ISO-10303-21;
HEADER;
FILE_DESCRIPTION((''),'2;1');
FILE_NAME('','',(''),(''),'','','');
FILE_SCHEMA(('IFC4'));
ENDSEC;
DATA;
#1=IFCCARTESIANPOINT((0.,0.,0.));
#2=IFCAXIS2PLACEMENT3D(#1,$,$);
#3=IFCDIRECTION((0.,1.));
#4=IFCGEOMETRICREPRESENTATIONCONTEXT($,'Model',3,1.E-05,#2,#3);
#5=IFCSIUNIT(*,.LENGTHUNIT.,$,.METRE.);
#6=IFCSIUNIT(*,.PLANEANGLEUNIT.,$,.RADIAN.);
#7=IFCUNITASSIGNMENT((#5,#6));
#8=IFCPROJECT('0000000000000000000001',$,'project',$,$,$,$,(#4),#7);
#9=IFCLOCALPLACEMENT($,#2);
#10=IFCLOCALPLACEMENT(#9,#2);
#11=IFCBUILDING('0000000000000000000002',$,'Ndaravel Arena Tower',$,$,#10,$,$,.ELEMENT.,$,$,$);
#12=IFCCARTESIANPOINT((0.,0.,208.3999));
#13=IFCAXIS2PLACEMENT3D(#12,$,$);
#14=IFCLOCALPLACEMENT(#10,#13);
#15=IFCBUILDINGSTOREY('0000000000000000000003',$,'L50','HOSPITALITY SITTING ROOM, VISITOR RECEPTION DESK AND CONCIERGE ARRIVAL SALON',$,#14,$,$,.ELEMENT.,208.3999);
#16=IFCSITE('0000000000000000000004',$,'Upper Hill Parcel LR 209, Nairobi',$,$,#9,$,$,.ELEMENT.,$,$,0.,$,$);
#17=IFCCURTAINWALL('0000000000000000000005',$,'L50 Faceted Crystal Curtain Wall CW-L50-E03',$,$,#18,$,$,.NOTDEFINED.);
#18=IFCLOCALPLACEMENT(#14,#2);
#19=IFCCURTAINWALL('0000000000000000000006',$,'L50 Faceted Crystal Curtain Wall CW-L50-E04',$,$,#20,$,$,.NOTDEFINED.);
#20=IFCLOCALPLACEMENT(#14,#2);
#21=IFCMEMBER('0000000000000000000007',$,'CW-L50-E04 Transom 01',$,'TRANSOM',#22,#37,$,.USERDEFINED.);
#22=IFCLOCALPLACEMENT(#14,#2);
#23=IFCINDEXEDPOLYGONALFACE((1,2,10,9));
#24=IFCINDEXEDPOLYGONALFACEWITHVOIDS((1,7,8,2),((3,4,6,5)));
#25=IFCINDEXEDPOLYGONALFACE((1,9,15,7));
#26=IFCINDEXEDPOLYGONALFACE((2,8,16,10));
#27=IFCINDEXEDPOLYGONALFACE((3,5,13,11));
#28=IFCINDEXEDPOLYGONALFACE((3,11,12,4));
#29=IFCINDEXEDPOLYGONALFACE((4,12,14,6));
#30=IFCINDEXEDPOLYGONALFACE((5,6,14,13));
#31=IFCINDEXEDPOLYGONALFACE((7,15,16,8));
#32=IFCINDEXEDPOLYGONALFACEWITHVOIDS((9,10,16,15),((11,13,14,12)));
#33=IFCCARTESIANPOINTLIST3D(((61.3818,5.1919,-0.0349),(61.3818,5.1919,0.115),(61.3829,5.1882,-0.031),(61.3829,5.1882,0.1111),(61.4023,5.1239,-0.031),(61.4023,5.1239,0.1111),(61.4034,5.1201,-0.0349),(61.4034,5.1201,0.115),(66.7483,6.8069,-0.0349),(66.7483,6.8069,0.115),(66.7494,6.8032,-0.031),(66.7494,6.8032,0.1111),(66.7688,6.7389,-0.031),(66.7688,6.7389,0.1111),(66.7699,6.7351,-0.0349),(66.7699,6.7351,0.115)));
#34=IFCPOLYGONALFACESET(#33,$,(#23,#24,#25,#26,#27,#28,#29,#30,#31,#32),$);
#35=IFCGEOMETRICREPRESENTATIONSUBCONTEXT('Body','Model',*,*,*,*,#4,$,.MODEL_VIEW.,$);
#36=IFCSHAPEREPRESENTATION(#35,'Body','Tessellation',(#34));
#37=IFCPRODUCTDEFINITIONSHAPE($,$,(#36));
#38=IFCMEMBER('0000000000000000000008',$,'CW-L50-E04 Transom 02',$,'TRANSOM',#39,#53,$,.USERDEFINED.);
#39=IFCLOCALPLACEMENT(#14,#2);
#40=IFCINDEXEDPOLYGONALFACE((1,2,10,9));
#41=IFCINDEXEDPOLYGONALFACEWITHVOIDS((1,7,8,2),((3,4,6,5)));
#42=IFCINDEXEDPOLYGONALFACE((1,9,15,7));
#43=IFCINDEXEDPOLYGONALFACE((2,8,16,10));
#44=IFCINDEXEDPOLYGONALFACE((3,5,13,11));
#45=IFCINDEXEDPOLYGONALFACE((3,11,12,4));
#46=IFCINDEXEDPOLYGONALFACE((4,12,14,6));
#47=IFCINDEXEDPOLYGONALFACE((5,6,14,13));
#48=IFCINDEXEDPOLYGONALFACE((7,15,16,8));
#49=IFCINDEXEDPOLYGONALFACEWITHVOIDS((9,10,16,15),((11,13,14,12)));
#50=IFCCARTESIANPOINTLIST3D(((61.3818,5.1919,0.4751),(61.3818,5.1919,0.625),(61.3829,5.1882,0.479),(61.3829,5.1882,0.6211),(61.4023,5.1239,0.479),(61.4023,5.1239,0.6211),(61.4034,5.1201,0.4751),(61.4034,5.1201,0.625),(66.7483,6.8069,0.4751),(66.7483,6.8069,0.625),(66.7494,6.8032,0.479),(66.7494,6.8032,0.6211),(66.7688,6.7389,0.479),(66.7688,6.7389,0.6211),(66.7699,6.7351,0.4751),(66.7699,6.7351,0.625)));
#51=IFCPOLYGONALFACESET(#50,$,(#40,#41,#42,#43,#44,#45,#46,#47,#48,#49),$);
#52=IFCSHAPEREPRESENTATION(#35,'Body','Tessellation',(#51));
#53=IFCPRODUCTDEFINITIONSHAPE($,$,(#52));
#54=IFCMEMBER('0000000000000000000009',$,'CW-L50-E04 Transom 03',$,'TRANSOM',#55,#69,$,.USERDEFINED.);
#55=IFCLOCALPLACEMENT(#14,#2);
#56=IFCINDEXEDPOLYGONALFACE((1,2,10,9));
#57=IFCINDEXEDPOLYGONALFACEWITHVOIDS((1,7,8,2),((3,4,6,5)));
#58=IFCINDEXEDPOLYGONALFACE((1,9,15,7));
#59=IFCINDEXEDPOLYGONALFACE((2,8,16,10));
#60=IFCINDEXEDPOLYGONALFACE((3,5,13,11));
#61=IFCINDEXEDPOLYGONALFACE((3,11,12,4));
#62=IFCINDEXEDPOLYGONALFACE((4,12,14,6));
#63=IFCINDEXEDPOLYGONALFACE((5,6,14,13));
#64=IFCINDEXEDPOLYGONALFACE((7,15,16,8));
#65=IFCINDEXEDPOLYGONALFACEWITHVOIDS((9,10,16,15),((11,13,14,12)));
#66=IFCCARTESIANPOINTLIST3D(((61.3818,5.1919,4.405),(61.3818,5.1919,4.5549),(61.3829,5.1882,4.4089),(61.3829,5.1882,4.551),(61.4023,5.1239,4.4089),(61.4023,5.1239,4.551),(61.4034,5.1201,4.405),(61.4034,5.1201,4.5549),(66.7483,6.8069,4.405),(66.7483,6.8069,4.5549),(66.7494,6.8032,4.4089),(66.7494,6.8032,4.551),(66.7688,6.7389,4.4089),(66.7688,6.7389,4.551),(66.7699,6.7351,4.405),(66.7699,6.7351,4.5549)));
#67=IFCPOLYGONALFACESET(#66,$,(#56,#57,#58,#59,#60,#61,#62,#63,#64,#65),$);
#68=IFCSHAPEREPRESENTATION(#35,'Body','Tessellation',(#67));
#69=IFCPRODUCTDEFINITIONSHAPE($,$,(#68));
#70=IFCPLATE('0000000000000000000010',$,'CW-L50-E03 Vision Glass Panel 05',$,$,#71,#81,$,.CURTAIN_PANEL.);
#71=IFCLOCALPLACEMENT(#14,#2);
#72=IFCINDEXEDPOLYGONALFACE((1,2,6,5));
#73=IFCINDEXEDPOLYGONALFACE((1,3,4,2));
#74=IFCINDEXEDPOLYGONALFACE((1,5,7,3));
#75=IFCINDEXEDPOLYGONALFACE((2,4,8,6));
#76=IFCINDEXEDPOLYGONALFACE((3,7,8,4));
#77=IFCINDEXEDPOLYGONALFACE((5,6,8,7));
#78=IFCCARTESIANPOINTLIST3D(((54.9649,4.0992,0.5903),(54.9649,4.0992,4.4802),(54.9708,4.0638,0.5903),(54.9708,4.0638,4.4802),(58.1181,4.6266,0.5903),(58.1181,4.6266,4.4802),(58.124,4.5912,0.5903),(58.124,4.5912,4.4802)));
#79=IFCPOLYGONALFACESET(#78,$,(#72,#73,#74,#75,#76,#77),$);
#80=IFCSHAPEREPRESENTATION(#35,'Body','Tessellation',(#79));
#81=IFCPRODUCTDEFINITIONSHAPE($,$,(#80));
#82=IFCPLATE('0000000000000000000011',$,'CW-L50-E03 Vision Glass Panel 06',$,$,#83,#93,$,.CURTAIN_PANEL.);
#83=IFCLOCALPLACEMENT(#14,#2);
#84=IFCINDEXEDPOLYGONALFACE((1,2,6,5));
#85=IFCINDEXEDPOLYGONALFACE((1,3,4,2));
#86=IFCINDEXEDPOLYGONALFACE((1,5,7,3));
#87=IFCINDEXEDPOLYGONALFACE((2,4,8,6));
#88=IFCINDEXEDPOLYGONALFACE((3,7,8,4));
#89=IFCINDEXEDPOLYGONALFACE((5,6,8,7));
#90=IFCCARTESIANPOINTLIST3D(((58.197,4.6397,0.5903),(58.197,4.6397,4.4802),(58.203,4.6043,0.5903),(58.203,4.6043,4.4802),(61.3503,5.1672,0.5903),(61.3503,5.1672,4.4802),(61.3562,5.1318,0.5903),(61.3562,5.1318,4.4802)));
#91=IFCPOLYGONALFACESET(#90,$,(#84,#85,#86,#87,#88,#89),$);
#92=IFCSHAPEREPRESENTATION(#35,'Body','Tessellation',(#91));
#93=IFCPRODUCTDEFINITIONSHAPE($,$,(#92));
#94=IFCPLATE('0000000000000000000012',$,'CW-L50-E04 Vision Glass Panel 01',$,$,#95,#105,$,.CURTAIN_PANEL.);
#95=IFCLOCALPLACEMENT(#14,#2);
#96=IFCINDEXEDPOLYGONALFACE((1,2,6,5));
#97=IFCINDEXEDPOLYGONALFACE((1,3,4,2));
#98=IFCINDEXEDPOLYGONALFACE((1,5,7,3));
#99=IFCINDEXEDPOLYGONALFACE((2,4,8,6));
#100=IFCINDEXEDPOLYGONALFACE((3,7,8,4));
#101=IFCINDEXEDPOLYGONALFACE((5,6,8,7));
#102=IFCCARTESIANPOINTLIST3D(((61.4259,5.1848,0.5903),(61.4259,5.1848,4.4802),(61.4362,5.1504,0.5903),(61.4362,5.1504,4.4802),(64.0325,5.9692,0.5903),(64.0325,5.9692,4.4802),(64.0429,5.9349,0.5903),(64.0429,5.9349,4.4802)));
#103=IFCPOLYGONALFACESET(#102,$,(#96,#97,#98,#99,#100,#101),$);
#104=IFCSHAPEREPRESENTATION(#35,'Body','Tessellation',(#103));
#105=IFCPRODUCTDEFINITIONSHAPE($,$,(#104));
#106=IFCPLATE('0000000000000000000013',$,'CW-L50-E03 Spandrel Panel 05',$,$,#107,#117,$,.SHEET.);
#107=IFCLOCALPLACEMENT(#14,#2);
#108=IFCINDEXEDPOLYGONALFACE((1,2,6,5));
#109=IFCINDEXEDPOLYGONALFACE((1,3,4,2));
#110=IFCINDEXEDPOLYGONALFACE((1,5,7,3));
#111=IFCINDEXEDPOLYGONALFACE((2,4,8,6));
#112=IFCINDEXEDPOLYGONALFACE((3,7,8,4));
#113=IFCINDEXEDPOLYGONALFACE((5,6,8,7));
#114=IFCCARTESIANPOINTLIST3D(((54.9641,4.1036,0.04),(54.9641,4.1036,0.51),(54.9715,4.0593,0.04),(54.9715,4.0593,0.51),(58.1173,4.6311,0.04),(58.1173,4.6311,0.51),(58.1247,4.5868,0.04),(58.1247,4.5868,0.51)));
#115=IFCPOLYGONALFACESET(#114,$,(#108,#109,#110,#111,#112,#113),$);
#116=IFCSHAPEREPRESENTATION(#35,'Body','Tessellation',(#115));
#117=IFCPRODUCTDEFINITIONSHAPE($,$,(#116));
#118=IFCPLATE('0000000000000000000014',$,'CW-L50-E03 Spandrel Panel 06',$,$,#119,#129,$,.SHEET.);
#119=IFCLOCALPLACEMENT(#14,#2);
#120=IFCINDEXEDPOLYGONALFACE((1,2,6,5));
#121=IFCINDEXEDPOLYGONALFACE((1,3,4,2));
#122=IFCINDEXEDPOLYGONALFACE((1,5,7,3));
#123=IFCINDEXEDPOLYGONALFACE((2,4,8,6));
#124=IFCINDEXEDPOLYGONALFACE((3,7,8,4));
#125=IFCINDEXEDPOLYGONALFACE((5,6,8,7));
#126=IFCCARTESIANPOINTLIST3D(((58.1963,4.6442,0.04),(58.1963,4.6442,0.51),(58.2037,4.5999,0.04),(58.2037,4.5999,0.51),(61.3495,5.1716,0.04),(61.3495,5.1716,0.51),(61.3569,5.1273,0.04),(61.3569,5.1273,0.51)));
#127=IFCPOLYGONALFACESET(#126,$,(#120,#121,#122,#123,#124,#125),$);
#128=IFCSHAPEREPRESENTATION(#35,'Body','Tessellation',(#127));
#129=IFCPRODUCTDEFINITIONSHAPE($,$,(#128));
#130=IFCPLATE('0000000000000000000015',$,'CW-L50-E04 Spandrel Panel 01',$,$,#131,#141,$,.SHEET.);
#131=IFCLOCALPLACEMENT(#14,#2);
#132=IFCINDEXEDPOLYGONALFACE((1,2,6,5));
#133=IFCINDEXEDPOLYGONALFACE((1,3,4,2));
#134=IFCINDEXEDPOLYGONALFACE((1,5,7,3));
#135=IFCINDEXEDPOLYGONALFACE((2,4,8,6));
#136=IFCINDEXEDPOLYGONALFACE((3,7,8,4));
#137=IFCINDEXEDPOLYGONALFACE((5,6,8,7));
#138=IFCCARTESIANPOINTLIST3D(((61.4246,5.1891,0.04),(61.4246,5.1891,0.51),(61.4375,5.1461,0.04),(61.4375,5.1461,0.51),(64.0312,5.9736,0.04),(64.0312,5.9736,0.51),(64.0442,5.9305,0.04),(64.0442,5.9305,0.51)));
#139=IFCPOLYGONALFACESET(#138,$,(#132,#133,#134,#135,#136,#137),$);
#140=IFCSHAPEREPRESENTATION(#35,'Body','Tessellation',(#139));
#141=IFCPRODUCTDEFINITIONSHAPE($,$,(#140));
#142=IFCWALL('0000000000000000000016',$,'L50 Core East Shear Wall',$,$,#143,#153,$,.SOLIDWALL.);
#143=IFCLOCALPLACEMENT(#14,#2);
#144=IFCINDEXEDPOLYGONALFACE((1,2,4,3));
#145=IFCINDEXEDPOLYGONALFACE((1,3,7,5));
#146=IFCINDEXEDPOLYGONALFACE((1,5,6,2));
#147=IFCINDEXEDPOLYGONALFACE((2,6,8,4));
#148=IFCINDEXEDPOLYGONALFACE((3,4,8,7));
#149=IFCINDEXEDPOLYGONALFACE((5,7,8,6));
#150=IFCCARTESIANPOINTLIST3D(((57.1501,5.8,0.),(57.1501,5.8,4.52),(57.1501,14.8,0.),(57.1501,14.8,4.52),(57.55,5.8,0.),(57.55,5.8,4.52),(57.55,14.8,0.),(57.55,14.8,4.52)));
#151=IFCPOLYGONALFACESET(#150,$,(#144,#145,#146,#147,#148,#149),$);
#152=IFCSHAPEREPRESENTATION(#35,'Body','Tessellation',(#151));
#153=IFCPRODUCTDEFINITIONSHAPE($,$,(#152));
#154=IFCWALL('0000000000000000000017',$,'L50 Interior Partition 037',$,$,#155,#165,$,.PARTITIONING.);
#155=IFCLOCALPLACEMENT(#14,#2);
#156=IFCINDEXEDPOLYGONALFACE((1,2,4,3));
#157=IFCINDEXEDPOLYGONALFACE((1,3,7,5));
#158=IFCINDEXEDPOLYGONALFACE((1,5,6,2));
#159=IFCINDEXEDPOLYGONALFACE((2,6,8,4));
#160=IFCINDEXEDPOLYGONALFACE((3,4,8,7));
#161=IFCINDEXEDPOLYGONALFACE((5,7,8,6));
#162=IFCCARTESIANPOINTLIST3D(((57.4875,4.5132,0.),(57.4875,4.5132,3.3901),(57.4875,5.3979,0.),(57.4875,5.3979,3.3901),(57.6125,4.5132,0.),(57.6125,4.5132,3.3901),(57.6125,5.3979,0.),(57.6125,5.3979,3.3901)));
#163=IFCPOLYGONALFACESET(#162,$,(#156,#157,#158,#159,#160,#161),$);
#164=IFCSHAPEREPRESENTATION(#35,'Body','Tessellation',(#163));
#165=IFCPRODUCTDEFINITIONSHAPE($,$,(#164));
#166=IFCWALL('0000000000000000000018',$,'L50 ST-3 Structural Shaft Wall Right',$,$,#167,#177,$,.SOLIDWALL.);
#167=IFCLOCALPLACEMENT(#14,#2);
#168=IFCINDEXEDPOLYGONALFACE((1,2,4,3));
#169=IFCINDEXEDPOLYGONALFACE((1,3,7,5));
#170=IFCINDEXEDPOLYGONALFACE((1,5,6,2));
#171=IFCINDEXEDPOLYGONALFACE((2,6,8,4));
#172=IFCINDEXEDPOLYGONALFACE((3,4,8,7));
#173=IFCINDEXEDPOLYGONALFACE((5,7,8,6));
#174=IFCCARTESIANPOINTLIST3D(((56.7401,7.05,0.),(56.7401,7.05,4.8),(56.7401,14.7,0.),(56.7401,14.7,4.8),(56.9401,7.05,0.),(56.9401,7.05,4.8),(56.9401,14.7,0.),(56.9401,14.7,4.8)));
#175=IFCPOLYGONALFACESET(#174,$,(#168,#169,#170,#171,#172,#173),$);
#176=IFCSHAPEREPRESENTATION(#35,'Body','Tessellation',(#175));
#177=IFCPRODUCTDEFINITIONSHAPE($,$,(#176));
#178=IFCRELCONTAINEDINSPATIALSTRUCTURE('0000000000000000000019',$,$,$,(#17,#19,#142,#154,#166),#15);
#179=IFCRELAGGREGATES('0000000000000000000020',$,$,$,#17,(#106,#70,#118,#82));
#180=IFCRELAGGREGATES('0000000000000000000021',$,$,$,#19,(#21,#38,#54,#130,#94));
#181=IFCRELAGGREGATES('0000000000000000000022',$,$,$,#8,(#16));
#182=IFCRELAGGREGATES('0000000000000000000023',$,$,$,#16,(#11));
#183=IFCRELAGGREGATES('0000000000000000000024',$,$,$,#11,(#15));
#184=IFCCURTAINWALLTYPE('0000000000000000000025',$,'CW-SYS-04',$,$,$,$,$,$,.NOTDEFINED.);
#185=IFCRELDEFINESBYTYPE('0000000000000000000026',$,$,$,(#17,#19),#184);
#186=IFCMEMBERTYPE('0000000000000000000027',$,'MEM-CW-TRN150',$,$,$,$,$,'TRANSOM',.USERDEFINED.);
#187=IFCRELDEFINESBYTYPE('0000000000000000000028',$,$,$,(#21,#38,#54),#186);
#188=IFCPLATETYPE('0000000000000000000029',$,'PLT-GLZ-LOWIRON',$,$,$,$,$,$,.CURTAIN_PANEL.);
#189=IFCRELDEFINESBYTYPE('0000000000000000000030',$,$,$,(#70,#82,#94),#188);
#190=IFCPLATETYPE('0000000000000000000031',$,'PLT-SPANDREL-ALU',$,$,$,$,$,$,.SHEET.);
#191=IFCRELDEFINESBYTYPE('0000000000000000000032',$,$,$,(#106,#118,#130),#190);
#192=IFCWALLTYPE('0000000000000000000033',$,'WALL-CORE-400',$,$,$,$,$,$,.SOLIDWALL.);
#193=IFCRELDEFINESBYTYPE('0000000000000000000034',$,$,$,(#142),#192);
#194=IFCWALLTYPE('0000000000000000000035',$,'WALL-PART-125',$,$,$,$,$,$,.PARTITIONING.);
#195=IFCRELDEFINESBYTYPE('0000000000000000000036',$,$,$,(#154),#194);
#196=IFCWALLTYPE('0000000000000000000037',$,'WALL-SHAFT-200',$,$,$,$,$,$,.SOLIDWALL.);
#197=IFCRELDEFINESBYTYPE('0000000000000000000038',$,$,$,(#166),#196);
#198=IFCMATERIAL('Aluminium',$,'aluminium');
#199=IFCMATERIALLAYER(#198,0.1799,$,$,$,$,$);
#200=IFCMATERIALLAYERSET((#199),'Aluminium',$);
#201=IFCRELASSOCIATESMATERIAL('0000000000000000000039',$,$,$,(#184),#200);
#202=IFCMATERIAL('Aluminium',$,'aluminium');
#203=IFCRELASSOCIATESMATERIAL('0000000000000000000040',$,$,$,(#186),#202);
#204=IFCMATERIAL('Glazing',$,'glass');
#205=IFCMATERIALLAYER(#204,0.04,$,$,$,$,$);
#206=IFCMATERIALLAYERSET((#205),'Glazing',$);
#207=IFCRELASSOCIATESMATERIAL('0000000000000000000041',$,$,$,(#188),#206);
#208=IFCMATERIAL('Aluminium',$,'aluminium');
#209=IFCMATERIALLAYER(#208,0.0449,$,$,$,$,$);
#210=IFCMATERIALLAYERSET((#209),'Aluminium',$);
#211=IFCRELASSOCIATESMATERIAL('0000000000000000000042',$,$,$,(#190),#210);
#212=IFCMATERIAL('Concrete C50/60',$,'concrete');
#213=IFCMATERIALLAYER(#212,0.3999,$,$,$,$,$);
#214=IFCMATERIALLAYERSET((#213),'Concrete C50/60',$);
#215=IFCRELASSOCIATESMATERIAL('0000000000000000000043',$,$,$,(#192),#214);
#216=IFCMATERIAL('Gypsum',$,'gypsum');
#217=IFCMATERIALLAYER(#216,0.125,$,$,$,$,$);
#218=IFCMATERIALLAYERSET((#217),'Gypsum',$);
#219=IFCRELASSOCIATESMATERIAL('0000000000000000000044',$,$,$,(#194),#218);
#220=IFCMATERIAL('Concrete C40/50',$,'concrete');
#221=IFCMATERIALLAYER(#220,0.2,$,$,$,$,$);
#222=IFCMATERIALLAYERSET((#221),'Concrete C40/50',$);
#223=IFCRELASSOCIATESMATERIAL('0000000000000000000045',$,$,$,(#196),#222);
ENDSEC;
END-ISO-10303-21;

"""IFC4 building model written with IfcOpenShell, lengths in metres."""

from ifc_helpers import new_model, si_unit, direction, frame, frame_2d, origin, origin_2d, place, context, subcontext, project, spatial, rectangle, hollow_rectangle, extrude, material, layer, layer_set, material_profile, profile_set, type_object, element, aggregate, save


model = new_model("IFC4")

# Units and contexts
model_context = context("Model", 3, precision=1e-05, world=origin(), true_north=direction((0.0, 1.0)))
body_context = subcontext(model_context, "Body", "Model", "MODEL_VIEW")
ifc_project = project(units=[si_unit("LENGTHUNIT", "METRE"), si_unit("PLANEANGLEUNIT", "RADIAN")], contexts=[model_context])

# Site, building, storey
site_placement = place(None, origin())
site = spatial("IfcSite", under=ifc_project, at=site_placement, Name="Upper Hill Parcel LR 209, Nairobi", CompositionType="ELEMENT", RefElevation=0.0)
building_placement = place(site_placement, origin())
building = spatial("IfcBuilding", under=site, at=building_placement, Name="Ndaravel Arena Tower", CompositionType="ELEMENT")
storey_placement = place(building_placement, frame((0.0, 0.0, 208.3999)))
storey = spatial("IfcBuildingStorey", under=building, at=storey_placement, Name="L50", Description="HOSPITALITY SITTING ROOM, VISITOR RECEPTION DESK AND CONCIERGE ARRIVAL SALON", CompositionType="ELEMENT", Elevation=208.3999)

# Curtain wall
ifc_material_1 = material(Name="Aluminium", Category="aluminium")
ifc_layer_1 = layer(ifc_material_1, 0.1799)
ifc_layer_set_1 = layer_set([ifc_layer_1], Name="Aluminium")
curtain_wall_type = type_object("IfcCurtainWallType", Name="CW-SYS-04", PredefinedType="NOTDEFINED", material=ifc_layer_set_1)
curtain_wall_1_placement = place(storey_placement, origin())
curtain_wall_1 = element("IfcCurtainWall", 1, at=curtain_wall_1_placement, inside=storey, type_object=curtain_wall_type, Name="L50 Faceted Crystal Curtain Wall CW-L50-E03", PredefinedType="NOTDEFINED")

# Curtain wall, members
curtain_wall_2_placement = place(storey_placement, origin())
curtain_wall_2 = element("IfcCurtainWall", 2, at=curtain_wall_2_placement, inside=storey, type_object=curtain_wall_type, Name="L50 Faceted Crystal Curtain Wall CW-L50-E04", PredefinedType="NOTDEFINED")
ifc_material_2 = material(Name="Aluminium", Category="aluminium")
ifc_material_profile_1 = material_profile(ifc_material_2, hollow_rectangle(XDim=0.075, YDim=0.1499, WallThickness=0.0039, at=origin_2d()), Name="CW TRANSOM 75x150x4")
ifc_profile_set_1 = profile_set([ifc_material_profile_1], Name="Aluminium")
member_type_1 = type_object("IfcMemberType", Name="MEM-CW-TRN150", ElementType="TRANSOM", PredefinedType="USERDEFINED", material=ifc_profile_set_1)
member_1_placement = place(storey_placement, frame((61.3926, 5.156, 0.04), z_axis=(0.957578, 0.288175, 0.0), x_axis=(-0.288175, 0.957578, 0.0)))
member_1 = element("IfcMember", 3, at=member_1_placement, type_object=member_type_1, Name="CW-L50-E04 Transom 01", ObjectType="TRANSOM", PredefinedType="USERDEFINED", context=body_context, shape_type="SweptSolid", body=[
    extrude(hollow_rectangle(XDim=0.075, YDim=0.1499, WallThickness=0.0039, at=origin_2d()), origin(), (0.0, 0.0, 1.0), 5.6042),
])
member_2_placement = place(storey_placement, frame((61.3926, 5.156, 0.55), z_axis=(0.957578, 0.288175, 0.0), x_axis=(-0.288175, 0.957578, 0.0)))
member_2 = element("IfcMember", 4, at=member_2_placement, type_object=member_type_1, Name="CW-L50-E04 Transom 02", ObjectType="TRANSOM", PredefinedType="USERDEFINED", context=body_context, shape_type="SweptSolid", body=[
    extrude(hollow_rectangle(XDim=0.075, YDim=0.1499, WallThickness=0.0039, at=origin_2d()), origin(), (0.0, 0.0, 1.0), 5.6042),
])
member_3_placement = place(storey_placement, frame((61.3926, 5.156, 4.48), z_axis=(0.957578, 0.288175, 0.0), x_axis=(-0.288175, 0.957578, 0.0)))
member_3 = element("IfcMember", 5, at=member_3_placement, type_object=member_type_1, Name="CW-L50-E04 Transom 03", ObjectType="TRANSOM", PredefinedType="USERDEFINED", context=body_context, shape_type="SweptSolid", body=[
    extrude(hollow_rectangle(XDim=0.075, YDim=0.1499, WallThickness=0.0039, at=origin_2d()), origin(), (0.0, 0.0, 1.0), 5.6042),
])

# Plates
ifc_material_3 = material(Name="Glazing", Category="glass")
ifc_layer_2 = layer(ifc_material_3, 0.04)
ifc_layer_set_2 = layer_set([ifc_layer_2], Name="Glazing")
plate_type_1 = type_object("IfcPlateType", Name="PLT-GLZ-LOWIRON", PredefinedType="CURTAIN_PANEL", material=ifc_layer_set_2)
plate_1_placement = place(storey_placement, frame((56.5444, 4.3452, 0.5903), z_axis=(0.0, 0.0, 1.0), x_axis=(0.986297, 0.164979, 0.0)))
plate_1 = element("IfcPlate", 6, at=plate_1_placement, type_object=plate_type_1, Name="CW-L50-E03 Vision Glass Panel 05", PredefinedType="CURTAIN_PANEL", context=body_context, shape_type="SweptSolid", body=[
    extrude(rectangle(XDim=3.197, YDim=0.0359, at=origin_2d()), origin(), (0.0, 0.0, 1.0), 3.8899),
])
plate_2_placement = place(storey_placement, frame((59.7766, 4.8857, 0.5903), z_axis=(0.0, 0.0, 1.0), x_axis=(0.986297, 0.164979, 0.0)))
plate_2 = element("IfcPlate", 7, at=plate_2_placement, type_object=plate_type_1, Name="CW-L50-E03 Vision Glass Panel 06", PredefinedType="CURTAIN_PANEL", context=body_context, shape_type="SweptSolid", body=[
    extrude(rectangle(XDim=3.197, YDim=0.0359, at=origin_2d()), origin(), (0.0, 0.0, 1.0), 3.8899),
])
plate_3_placement = place(storey_placement, frame((62.7344, 5.5598, 0.5903), z_axis=(0.0, 0.0, 1.0), x_axis=(0.957576, 0.28818, 0.0)))
plate_3 = element("IfcPlate", 8, at=plate_3_placement, type_object=plate_type_1, Name="CW-L50-E04 Vision Glass Panel 01", PredefinedType="CURTAIN_PANEL", context=body_context, shape_type="SweptSolid", body=[
    extrude(rectangle(XDim=2.7222, YDim=0.0359, at=origin_2d()), origin(), (0.0, 0.0, 1.0), 3.8899),
])
ifc_material_4 = material(Name="Aluminium", Category="aluminium")
ifc_layer_3 = layer(ifc_material_4, 0.0449)
ifc_layer_set_3 = layer_set([ifc_layer_3], Name="Aluminium")
plate_type_2 = type_object("IfcPlateType", Name="PLT-SPANDREL-ALU", PredefinedType="SHEET", material=ifc_layer_set_3)
plate_4_placement = place(storey_placement, frame((56.5444, 4.3452, 0.04), z_axis=(0.0, 0.0, 1.0), x_axis=(0.986297, 0.164979, 0.0)))
plate_4 = element("IfcPlate", 9, at=plate_4_placement, type_object=plate_type_2, Name="CW-L50-E03 Spandrel Panel 05", PredefinedType="SHEET", context=body_context, shape_type="SweptSolid", body=[
    extrude(rectangle(XDim=3.197, YDim=0.0449, at=origin_2d()), origin(), (0.0, 0.0, 1.0), 0.47),
])
plate_5_placement = place(storey_placement, frame((59.7766, 4.8857, 0.04), z_axis=(0.0, 0.0, 1.0), x_axis=(0.986297, 0.164979, 0.0)))
plate_5 = element("IfcPlate", 10, at=plate_5_placement, type_object=plate_type_2, Name="CW-L50-E03 Spandrel Panel 06", PredefinedType="SHEET", context=body_context, shape_type="SweptSolid", body=[
    extrude(rectangle(XDim=3.197, YDim=0.0449, at=origin_2d()), origin(), (0.0, 0.0, 1.0), 0.47),
])
aggregate(curtain_wall_1, [plate_4, plate_1, plate_5, plate_2])
plate_6_placement = place(storey_placement, frame((62.7344, 5.5598, 0.04), z_axis=(0.0, 0.0, 1.0), x_axis=(0.957576, 0.28818, 0.0)))
plate_6 = element("IfcPlate", 11, at=plate_6_placement, type_object=plate_type_2, Name="CW-L50-E04 Spandrel Panel 01", PredefinedType="SHEET", context=body_context, shape_type="SweptSolid", body=[
    extrude(rectangle(XDim=2.7222, YDim=0.0449, at=origin_2d()), origin(), (0.0, 0.0, 1.0), 0.47),
])
aggregate(curtain_wall_2, [member_1, member_2, member_3, plate_6, plate_3])

# Walls
ifc_material_5 = material(Name="Concrete C50/60", Category="concrete")
ifc_layer_4 = layer(ifc_material_5, 0.3999)
ifc_layer_set_4 = layer_set([ifc_layer_4], Name="Concrete C50/60")
wall_type_1 = type_object("IfcWallType", Name="WALL-CORE-400", PredefinedType="SOLIDWALL", material=ifc_layer_set_4)
wall_1_placement = place(storey_placement, frame((57.3501, 5.8, 0.0), z_axis=(0.0, 0.0, 1.0), x_axis=(0.0, 1.0, 0.0)))
element("IfcWall", 12, at=wall_1_placement, inside=storey, type_object=wall_type_1, Name="L50 Core East Shear Wall", PredefinedType="SOLIDWALL", context=body_context, shape_type="SweptSolid", body=[
    extrude(rectangle(XDim=9.0, YDim=0.3999, at=frame_2d((4.5, 0.0))), origin(), (0.0, 0.0, 1.0), 4.52),
])
ifc_material_6 = material(Name="Gypsum", Category="gypsum")
ifc_layer_5 = layer(ifc_material_6, 0.125)
ifc_layer_set_5 = layer_set([ifc_layer_5], Name="Gypsum")
wall_type_2 = type_object("IfcWallType", Name="WALL-PART-125", PredefinedType="PARTITIONING", material=ifc_layer_set_5)
wall_2_placement = place(storey_placement, frame((57.55, 4.5132, 0.0), z_axis=(0.0, 0.0, 1.0), x_axis=(0.0, 1.0, 0.0)))
element("IfcWall", 13, at=wall_2_placement, inside=storey, type_object=wall_type_2, Name="L50 Interior Partition 037", PredefinedType="PARTITIONING", context=body_context, shape_type="SweptSolid", body=[
    extrude(rectangle(XDim=0.8848, YDim=0.125, at=frame_2d((0.4424, 0.0))), origin(), (0.0, 0.0, 1.0), 3.3901),
])
ifc_material_7 = material(Name="Concrete C40/50", Category="concrete")
ifc_layer_6 = layer(ifc_material_7, 0.2)
ifc_layer_set_6 = layer_set([ifc_layer_6], Name="Concrete C40/50")
wall_type_3 = type_object("IfcWallType", Name="WALL-SHAFT-200", PredefinedType="SOLIDWALL", material=ifc_layer_set_6)
wall_3_placement = place(storey_placement, frame((56.8401, 14.7, 0.0), z_axis=(0.0, 0.0, 1.0), x_axis=(0.0, -1.0, 0.0)))
element("IfcWall", 14, at=wall_3_placement, inside=storey, type_object=wall_type_3, Name="L50 ST-3 Structural Shaft Wall Right", PredefinedType="SOLIDWALL", context=body_context, shape_type="SweptSolid", body=[
    extrude(rectangle(XDim=7.6499, YDim=0.2, at=frame_2d((3.825, 0.0))), origin(), (0.0, 0.0, 1.0), 4.8),
])

save(model, "model.ifc")
